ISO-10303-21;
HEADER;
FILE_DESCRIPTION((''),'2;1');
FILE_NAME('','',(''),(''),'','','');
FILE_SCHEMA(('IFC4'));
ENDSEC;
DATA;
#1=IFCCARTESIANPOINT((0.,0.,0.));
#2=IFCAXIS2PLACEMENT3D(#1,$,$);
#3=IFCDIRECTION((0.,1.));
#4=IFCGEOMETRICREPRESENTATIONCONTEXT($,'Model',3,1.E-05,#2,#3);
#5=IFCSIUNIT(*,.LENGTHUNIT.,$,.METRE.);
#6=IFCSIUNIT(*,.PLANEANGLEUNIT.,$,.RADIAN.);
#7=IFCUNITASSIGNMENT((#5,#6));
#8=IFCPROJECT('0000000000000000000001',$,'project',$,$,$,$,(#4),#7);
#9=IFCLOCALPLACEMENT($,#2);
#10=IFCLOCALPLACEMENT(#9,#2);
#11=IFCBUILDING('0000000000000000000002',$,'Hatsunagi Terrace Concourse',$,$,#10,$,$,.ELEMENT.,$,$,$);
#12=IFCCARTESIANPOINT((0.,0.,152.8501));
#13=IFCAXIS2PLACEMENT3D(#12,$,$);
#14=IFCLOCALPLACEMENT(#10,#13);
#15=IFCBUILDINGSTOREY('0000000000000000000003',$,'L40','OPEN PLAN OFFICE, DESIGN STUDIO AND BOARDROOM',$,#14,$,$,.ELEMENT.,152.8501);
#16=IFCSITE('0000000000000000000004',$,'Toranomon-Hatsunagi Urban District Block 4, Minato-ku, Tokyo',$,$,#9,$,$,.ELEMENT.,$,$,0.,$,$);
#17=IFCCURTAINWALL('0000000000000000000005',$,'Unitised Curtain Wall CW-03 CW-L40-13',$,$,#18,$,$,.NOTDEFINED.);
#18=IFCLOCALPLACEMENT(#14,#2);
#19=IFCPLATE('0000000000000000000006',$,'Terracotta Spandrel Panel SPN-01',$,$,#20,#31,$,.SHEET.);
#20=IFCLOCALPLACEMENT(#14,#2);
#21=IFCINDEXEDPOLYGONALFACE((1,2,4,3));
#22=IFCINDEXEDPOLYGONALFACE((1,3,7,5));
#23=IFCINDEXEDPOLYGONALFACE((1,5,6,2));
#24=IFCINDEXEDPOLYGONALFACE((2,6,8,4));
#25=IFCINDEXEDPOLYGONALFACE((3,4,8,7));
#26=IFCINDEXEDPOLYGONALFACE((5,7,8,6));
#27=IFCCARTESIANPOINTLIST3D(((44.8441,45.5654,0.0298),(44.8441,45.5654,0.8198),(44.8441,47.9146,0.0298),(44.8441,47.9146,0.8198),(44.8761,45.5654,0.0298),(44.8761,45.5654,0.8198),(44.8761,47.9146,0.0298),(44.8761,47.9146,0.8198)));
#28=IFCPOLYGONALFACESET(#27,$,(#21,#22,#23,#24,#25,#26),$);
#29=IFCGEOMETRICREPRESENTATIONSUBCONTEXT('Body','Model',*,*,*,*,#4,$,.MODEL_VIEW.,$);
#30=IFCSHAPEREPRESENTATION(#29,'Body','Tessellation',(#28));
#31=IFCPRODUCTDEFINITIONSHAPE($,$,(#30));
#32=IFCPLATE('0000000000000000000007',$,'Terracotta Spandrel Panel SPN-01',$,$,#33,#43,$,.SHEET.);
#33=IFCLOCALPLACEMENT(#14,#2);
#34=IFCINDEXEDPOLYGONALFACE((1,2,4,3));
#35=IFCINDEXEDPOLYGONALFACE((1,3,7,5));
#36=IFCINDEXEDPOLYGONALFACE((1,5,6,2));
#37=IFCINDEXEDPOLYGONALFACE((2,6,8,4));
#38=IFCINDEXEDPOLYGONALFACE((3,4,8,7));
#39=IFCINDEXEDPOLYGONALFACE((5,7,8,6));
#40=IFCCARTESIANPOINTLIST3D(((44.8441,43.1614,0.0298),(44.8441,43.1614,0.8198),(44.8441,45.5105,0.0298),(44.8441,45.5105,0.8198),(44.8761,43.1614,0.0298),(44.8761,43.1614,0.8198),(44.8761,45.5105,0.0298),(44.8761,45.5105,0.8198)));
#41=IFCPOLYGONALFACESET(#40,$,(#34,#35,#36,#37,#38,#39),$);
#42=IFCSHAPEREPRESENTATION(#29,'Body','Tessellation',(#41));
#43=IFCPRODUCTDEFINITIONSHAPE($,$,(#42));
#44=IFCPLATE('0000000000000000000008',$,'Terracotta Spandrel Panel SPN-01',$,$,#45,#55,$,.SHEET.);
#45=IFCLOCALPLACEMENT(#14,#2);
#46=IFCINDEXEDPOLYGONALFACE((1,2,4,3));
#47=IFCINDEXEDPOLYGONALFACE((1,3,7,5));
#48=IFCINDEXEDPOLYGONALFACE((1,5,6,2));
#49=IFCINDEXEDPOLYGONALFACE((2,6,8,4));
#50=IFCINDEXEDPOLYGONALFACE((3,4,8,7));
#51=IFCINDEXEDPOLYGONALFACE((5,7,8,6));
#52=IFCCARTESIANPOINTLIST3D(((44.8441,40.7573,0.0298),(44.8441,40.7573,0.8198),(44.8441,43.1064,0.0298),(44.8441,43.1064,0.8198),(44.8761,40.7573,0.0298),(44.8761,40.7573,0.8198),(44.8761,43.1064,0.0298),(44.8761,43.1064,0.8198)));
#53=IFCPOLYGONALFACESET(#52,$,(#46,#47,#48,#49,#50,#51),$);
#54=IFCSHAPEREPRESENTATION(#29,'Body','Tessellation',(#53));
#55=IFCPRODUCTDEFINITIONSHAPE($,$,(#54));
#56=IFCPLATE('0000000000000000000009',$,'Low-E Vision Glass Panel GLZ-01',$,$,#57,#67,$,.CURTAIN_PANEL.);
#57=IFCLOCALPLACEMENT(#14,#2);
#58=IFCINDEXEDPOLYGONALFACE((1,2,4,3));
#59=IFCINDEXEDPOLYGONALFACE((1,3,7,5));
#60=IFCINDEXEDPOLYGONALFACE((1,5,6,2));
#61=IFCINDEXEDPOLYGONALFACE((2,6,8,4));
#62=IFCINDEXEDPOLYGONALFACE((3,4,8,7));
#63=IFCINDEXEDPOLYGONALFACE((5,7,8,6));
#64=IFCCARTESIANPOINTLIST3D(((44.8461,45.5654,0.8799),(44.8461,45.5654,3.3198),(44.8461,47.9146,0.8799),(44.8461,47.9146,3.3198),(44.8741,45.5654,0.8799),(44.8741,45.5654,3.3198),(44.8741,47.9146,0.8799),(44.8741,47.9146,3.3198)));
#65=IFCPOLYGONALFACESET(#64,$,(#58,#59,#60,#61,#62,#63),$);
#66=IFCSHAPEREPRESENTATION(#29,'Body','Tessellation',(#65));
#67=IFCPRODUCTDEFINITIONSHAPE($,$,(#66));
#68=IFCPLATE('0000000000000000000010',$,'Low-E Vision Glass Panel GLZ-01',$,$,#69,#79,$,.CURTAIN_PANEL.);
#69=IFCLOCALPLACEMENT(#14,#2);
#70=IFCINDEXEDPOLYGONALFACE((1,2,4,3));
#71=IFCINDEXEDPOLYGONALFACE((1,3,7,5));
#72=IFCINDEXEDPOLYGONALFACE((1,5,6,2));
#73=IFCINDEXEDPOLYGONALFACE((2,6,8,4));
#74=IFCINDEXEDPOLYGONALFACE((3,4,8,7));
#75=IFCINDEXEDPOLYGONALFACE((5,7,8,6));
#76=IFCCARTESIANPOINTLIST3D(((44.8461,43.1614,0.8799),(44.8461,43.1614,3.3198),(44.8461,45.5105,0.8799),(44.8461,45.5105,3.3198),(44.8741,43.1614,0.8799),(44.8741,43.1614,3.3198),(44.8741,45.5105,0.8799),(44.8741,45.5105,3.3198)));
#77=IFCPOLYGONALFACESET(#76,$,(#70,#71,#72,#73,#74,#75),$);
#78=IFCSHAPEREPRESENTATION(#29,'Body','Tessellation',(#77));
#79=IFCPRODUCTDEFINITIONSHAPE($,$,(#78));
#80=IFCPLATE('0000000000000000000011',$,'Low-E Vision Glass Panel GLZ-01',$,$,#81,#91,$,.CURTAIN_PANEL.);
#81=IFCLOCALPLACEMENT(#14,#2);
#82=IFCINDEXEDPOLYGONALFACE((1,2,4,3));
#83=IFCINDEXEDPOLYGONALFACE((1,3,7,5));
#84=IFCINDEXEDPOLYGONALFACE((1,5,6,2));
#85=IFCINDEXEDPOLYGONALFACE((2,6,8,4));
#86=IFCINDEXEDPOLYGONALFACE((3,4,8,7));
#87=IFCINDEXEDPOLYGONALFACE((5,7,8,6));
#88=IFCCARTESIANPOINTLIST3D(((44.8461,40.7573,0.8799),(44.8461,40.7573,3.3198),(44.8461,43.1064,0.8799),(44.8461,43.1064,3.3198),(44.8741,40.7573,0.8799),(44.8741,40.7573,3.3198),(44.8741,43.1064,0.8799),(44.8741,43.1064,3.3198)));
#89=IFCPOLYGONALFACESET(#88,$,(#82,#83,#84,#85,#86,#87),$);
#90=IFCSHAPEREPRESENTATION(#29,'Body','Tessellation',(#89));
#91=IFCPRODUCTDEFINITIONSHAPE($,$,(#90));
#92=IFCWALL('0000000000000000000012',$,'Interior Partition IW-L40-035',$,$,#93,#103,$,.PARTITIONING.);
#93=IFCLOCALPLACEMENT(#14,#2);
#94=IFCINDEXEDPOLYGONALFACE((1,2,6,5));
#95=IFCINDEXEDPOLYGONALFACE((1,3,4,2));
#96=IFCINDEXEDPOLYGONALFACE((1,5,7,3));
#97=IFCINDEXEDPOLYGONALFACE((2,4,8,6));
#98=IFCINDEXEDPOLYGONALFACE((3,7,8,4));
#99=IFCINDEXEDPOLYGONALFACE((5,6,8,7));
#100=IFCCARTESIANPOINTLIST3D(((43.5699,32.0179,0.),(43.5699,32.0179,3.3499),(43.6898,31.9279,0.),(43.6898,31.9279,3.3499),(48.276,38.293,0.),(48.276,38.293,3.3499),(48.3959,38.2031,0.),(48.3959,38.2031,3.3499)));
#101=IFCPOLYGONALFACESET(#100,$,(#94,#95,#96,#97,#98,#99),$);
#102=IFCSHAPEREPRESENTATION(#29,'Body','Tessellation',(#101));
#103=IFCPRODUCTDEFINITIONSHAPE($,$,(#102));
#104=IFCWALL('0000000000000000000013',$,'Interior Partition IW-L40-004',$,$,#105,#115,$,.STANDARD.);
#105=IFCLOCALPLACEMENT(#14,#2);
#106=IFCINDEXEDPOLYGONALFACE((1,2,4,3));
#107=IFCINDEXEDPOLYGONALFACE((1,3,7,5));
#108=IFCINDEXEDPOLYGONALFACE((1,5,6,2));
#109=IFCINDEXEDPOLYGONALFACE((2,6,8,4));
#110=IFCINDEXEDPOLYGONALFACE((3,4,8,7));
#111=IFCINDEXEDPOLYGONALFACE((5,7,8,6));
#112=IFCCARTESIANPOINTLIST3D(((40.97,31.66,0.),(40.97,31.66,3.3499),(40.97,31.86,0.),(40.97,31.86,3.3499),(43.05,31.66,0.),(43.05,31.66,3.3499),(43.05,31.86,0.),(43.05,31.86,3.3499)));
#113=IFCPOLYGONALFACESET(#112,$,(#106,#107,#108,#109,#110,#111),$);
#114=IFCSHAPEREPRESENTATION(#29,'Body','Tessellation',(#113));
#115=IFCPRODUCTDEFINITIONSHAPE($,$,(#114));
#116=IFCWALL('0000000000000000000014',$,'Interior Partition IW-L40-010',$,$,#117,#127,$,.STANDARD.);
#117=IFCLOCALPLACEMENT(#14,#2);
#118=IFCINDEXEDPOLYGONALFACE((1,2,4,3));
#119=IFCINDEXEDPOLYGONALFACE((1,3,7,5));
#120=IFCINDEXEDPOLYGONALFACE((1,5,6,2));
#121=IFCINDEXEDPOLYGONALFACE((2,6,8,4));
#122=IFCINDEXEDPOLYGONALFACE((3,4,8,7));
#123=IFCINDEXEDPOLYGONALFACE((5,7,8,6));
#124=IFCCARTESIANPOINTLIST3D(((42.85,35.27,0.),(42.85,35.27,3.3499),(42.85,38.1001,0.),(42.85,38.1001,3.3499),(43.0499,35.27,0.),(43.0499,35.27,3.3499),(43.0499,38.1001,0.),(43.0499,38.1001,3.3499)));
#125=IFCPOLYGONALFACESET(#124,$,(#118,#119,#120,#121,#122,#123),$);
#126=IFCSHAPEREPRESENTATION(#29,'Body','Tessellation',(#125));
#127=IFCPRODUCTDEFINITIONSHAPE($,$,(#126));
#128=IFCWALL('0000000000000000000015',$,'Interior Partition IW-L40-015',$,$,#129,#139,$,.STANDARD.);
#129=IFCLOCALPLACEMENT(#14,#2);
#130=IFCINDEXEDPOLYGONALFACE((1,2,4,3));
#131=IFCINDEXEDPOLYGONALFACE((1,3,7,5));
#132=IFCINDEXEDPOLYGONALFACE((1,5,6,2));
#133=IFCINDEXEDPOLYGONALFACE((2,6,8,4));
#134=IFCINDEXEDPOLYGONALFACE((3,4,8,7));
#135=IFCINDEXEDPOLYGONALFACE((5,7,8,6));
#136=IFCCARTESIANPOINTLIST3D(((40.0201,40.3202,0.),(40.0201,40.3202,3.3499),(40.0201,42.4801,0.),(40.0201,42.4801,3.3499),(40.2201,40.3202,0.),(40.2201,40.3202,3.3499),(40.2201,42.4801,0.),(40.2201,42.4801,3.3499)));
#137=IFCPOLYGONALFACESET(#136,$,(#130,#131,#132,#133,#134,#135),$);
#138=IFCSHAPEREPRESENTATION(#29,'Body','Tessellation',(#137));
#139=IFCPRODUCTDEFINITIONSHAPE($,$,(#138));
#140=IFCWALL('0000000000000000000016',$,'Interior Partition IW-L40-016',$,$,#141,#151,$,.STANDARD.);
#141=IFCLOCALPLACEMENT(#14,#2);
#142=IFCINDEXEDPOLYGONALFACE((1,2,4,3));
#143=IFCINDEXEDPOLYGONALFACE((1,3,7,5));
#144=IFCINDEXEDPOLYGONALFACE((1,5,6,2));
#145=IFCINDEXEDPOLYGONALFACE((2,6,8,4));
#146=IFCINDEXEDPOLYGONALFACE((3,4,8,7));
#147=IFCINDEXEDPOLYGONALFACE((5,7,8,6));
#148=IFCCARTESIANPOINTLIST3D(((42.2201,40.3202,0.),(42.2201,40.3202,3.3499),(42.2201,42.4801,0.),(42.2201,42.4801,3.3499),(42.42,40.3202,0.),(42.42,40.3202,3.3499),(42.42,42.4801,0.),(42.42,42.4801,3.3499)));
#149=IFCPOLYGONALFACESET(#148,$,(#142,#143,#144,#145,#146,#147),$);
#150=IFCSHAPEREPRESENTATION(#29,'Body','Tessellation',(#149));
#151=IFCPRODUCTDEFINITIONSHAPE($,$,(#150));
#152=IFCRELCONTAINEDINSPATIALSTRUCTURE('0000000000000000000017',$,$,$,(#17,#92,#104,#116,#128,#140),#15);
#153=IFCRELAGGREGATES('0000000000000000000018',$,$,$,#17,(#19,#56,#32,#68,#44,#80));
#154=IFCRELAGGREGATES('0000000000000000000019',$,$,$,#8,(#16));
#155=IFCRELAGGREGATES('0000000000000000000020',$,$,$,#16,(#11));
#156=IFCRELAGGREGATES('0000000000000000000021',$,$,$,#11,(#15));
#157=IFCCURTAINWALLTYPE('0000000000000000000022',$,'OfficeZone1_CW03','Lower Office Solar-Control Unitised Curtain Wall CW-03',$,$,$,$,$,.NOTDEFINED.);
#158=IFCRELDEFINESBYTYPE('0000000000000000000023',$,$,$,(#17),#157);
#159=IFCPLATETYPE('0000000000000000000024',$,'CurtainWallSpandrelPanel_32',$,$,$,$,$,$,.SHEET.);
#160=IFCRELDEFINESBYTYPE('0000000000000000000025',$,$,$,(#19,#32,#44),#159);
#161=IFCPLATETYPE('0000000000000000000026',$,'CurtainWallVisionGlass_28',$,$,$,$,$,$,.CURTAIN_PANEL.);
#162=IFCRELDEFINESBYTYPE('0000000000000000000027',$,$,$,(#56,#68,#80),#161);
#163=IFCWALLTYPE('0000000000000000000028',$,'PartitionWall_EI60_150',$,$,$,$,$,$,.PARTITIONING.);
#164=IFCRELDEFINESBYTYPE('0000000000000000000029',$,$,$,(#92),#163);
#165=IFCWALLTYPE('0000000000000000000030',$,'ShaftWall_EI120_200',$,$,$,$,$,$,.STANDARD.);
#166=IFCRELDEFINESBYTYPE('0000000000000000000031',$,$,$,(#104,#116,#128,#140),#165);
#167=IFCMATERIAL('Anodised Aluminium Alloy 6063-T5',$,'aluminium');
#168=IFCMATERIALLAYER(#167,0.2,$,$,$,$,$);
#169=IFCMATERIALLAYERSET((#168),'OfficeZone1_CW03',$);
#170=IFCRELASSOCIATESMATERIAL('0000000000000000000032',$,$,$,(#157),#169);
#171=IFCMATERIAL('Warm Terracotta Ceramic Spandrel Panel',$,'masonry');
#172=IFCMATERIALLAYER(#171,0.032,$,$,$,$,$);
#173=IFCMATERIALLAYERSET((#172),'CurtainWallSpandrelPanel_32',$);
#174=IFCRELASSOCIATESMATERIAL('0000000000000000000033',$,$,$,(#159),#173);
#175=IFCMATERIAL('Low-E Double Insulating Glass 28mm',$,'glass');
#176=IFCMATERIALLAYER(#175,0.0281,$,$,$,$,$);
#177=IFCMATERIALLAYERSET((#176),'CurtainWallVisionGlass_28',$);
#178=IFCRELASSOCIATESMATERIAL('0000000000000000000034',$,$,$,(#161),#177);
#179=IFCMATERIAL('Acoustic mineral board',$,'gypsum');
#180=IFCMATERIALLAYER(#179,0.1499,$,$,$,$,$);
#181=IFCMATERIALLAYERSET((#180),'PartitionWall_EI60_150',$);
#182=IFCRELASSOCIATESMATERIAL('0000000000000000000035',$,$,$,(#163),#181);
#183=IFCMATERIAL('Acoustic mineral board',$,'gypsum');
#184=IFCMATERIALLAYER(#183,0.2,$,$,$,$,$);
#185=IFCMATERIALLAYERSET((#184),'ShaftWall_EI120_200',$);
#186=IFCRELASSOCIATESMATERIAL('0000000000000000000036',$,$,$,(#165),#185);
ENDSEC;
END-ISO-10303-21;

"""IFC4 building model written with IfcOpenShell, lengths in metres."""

from ifc_helpers import new_model, si_unit, direction, frame, frame_2d, origin, origin_2d, place, context, subcontext, project, spatial, rectangle, extrude, material, layer, layer_set, type_object, element, aggregate, save


model = new_model("IFC4")

# Units and contexts
model_context = context("Model", 3, precision=1e-05, world=origin(), true_north=direction((0.0, 1.0)))
body_context = subcontext(model_context, "Body", "Model", "MODEL_VIEW")
ifc_project = project(units=[si_unit("LENGTHUNIT", "METRE"), si_unit("PLANEANGLEUNIT", "RADIAN")], contexts=[model_context])

# Site, building, storey
site_placement = place(None, origin())
site = spatial("IfcSite", under=ifc_project, at=site_placement, Name="Toranomon-Hatsunagi Urban District Block 4, Minato-ku, Tokyo", CompositionType="ELEMENT", RefElevation=0.0)
building_placement = place(site_placement, origin())
building = spatial("IfcBuilding", under=site, at=building_placement, Name="Hatsunagi Terrace Concourse", CompositionType="ELEMENT")
storey_placement = place(building_placement, frame((0.0, 0.0, 152.8501)))
storey = spatial("IfcBuildingStorey", under=building, at=storey_placement, Name="L40", Description="OPEN PLAN OFFICE, DESIGN STUDIO AND BOARDROOM", CompositionType="ELEMENT", Elevation=152.8501)

# Curtain wall
ifc_material_1 = material(Name="Anodised Aluminium Alloy 6063-T5", Category="aluminium")
ifc_layer_1 = layer(ifc_material_1, 0.2)
ifc_layer_set_1 = layer_set([ifc_layer_1], Name="OfficeZone1_CW03")
curtain_wall_type = type_object("IfcCurtainWallType", Name="OfficeZone1_CW03", Description="Lower Office Solar-Control Unitised Curtain Wall CW-03", PredefinedType="NOTDEFINED", material=ifc_layer_set_1)
curtain_wall_placement = place(storey_placement, origin())
curtain_wall = element("IfcCurtainWall", 1, at=curtain_wall_placement, inside=storey, type_object=curtain_wall_type, Name="Unitised Curtain Wall CW-03 CW-L40-13", PredefinedType="NOTDEFINED")

# Plates
ifc_material_2 = material(Name="Warm Terracotta Ceramic Spandrel Panel", Category="masonry")
ifc_layer_2 = layer(ifc_material_2, 0.032)
ifc_layer_set_2 = layer_set([ifc_layer_2], Name="CurtainWallSpandrelPanel_32")
plate_type_1 = type_object("IfcPlateType", Name="CurtainWallSpandrelPanel_32", PredefinedType="SHEET", material=ifc_layer_set_2)
plate_1_placement = place(storey_placement, frame((44.8601, 46.74, 0.0298), z_axis=(0.0, 0.0, 1.0), x_axis=(0.0, -1.0, 0.0)))
plate_1 = element("IfcPlate", 2, at=plate_1_placement, type_object=plate_type_1, Name="Terracotta Spandrel Panel SPN-01", PredefinedType="SHEET", context=body_context, shape_type="SweptSolid", body=[
    extrude(rectangle(XDim=2.3491, YDim=0.032, at=origin_2d()), origin(), (0.0, 0.0, 1.0), 0.79),
])
plate_2_placement = place(storey_placement, frame((44.8601, 44.3359, 0.0298), z_axis=(0.0, 0.0, 1.0), x_axis=(0.0, -1.0, 0.0)))
plate_2 = element("IfcPlate", 3, at=plate_2_placement, type_object=plate_type_1, Name="Terracotta Spandrel Panel SPN-01", PredefinedType="SHEET", context=body_context, shape_type="SweptSolid", body=[
    extrude(rectangle(XDim=2.3491, YDim=0.032, at=origin_2d()), origin(), (0.0, 0.0, 1.0), 0.79),
])
plate_3_placement = place(storey_placement, frame((44.8601, 41.9319, 0.0298), z_axis=(0.0, 0.0, 1.0), x_axis=(0.0, -1.0, 0.0)))
plate_3 = element("IfcPlate", 4, at=plate_3_placement, type_object=plate_type_1, Name="Terracotta Spandrel Panel SPN-01", PredefinedType="SHEET", context=body_context, shape_type="SweptSolid", body=[
    extrude(rectangle(XDim=2.3491, YDim=0.032, at=origin_2d()), origin(), (0.0, 0.0, 1.0), 0.79),
])
ifc_material_3 = material(Name="Low-E Double Insulating Glass 28mm", Category="glass")
ifc_layer_3 = layer(ifc_material_3, 0.0281)
ifc_layer_set_3 = layer_set([ifc_layer_3], Name="CurtainWallVisionGlass_28")
plate_type_2 = type_object("IfcPlateType", Name="CurtainWallVisionGlass_28", PredefinedType="CURTAIN_PANEL", material=ifc_layer_set_3)
plate_4_placement = place(storey_placement, frame((44.8601, 46.74, 0.8799), z_axis=(0.0, 0.0, 1.0), x_axis=(0.0, -1.0, 0.0)))
plate_4 = element("IfcPlate", 5, at=plate_4_placement, type_object=plate_type_2, Name="Low-E Vision Glass Panel GLZ-01", PredefinedType="CURTAIN_PANEL", context=body_context, shape_type="SweptSolid", body=[
    extrude(rectangle(XDim=2.3491, YDim=0.0281, at=origin_2d()), origin(), (0.0, 0.0, 1.0), 2.4399),
])
plate_5_placement = place(storey_placement, frame((44.8601, 44.3359, 0.8799), z_axis=(0.0, 0.0, 1.0), x_axis=(0.0, -1.0, 0.0)))
plate_5 = element("IfcPlate", 6, at=plate_5_placement, type_object=plate_type_2, Name="Low-E Vision Glass Panel GLZ-01", PredefinedType="CURTAIN_PANEL", context=body_context, shape_type="SweptSolid", body=[
    extrude(rectangle(XDim=2.3491, YDim=0.0281, at=origin_2d()), origin(), (0.0, 0.0, 1.0), 2.4399),
])
plate_6_placement = place(storey_placement, frame((44.8601, 41.9319, 0.8799), z_axis=(0.0, 0.0, 1.0), x_axis=(0.0, -1.0, 0.0)))
plate_6 = element("IfcPlate", 7, at=plate_6_placement, type_object=plate_type_2, Name="Low-E Vision Glass Panel GLZ-01", PredefinedType="CURTAIN_PANEL", context=body_context, shape_type="SweptSolid", body=[
    extrude(rectangle(XDim=2.3491, YDim=0.0281, at=origin_2d()), origin(), (0.0, 0.0, 1.0), 2.4399),
])
aggregate(curtain_wall, [plate_1, plate_4, plate_2, plate_5, plate_3, plate_6])

# Walls
ifc_material_4 = material(Name="Acoustic mineral board", Category="gypsum")
ifc_layer_4 = layer(ifc_material_4, 0.1499)
ifc_layer_set_4 = layer_set([ifc_layer_4], Name="PartitionWall_EI60_150")
wall_type_1 = type_object("IfcWallType", Name="PartitionWall_EI60_150", PredefinedType="PARTITIONING", material=ifc_layer_set_4)
wall_1_placement = place(storey_placement, frame((43.6299, 31.9729, 0.0), z_axis=(0.0, 0.0, 1.0), x_axis=(0.599975, 0.800019, 0.0)))
element("IfcWall", 8, at=wall_1_placement, inside=storey, type_object=wall_type_1, Name="Interior Partition IW-L40-035", PredefinedType="PARTITIONING", context=body_context, shape_type="SweptSolid", body=[
    extrude(rectangle(XDim=7.8438, YDim=0.1499, at=frame_2d((3.9219, 0.0))), origin(), (0.0, 0.0, 1.0), 3.3499),
])
ifc_material_5 = material(Name="Acoustic mineral board", Category="gypsum")
ifc_layer_5 = layer(ifc_material_5, 0.2)
ifc_layer_set_5 = layer_set([ifc_layer_5], Name="ShaftWall_EI120_200")
wall_type_2 = type_object("IfcWallType", Name="ShaftWall_EI120_200", PredefinedType="STANDARD", material=ifc_layer_set_5)
wall_2_placement = place(storey_placement, frame((40.97, 31.76, 0.0), z_axis=(0.0, 0.0, 1.0), x_axis=(1.0, 0.0, 0.0)))
element("IfcWall", 9, at=wall_2_placement, inside=storey, type_object=wall_type_2, Name="Interior Partition IW-L40-004", PredefinedType="STANDARD", context=body_context, shape_type="SweptSolid", body=[
    extrude(rectangle(XDim=2.0801, YDim=0.2, at=frame_2d((1.04, 0.0))), origin(), (0.0, 0.0, 1.0), 3.3499),
])
wall_3_placement = place(storey_placement, frame((42.95, 35.27, 0.0), z_axis=(0.0, 0.0, 1.0), x_axis=(0.0, 1.0, 0.0)))
element("IfcWall", 10, at=wall_3_placement, inside=storey, type_object=wall_type_2, Name="Interior Partition IW-L40-010", PredefinedType="STANDARD", context=body_context, shape_type="SweptSolid", body=[
    extrude(rectangle(XDim=2.8301, YDim=0.2, at=frame_2d((1.415, 0.0))), origin(), (0.0, 0.0, 1.0), 3.3499),
])
for number, where, z_axis, x_axis, name in (
    (11, (40.1201, 40.3201, 0.0), (0.0, 0.0, 1.0), (0.0, 1.0, 0.0), "Interior Partition IW-L40-015"),
    (12, (42.3201, 40.3201, 0.0), (0.0, 0.0, 1.0), (0.0, 1.0, 0.0), "Interior Partition IW-L40-016"),
):
    element("IfcWall", number, at=place(storey_placement, frame(where, z_axis=z_axis, x_axis=x_axis)), inside=storey, type_object=wall_type_2, Name=name, PredefinedType="STANDARD", context=body_context, shape_type="SweptSolid", body=[
        extrude(rectangle(XDim=2.1599, YDim=0.2, at=frame_2d((1.0801, 0.0))), origin(), (0.0, 0.0, 1.0), 3.3499),
    ])

save(model, "model.ifc")
